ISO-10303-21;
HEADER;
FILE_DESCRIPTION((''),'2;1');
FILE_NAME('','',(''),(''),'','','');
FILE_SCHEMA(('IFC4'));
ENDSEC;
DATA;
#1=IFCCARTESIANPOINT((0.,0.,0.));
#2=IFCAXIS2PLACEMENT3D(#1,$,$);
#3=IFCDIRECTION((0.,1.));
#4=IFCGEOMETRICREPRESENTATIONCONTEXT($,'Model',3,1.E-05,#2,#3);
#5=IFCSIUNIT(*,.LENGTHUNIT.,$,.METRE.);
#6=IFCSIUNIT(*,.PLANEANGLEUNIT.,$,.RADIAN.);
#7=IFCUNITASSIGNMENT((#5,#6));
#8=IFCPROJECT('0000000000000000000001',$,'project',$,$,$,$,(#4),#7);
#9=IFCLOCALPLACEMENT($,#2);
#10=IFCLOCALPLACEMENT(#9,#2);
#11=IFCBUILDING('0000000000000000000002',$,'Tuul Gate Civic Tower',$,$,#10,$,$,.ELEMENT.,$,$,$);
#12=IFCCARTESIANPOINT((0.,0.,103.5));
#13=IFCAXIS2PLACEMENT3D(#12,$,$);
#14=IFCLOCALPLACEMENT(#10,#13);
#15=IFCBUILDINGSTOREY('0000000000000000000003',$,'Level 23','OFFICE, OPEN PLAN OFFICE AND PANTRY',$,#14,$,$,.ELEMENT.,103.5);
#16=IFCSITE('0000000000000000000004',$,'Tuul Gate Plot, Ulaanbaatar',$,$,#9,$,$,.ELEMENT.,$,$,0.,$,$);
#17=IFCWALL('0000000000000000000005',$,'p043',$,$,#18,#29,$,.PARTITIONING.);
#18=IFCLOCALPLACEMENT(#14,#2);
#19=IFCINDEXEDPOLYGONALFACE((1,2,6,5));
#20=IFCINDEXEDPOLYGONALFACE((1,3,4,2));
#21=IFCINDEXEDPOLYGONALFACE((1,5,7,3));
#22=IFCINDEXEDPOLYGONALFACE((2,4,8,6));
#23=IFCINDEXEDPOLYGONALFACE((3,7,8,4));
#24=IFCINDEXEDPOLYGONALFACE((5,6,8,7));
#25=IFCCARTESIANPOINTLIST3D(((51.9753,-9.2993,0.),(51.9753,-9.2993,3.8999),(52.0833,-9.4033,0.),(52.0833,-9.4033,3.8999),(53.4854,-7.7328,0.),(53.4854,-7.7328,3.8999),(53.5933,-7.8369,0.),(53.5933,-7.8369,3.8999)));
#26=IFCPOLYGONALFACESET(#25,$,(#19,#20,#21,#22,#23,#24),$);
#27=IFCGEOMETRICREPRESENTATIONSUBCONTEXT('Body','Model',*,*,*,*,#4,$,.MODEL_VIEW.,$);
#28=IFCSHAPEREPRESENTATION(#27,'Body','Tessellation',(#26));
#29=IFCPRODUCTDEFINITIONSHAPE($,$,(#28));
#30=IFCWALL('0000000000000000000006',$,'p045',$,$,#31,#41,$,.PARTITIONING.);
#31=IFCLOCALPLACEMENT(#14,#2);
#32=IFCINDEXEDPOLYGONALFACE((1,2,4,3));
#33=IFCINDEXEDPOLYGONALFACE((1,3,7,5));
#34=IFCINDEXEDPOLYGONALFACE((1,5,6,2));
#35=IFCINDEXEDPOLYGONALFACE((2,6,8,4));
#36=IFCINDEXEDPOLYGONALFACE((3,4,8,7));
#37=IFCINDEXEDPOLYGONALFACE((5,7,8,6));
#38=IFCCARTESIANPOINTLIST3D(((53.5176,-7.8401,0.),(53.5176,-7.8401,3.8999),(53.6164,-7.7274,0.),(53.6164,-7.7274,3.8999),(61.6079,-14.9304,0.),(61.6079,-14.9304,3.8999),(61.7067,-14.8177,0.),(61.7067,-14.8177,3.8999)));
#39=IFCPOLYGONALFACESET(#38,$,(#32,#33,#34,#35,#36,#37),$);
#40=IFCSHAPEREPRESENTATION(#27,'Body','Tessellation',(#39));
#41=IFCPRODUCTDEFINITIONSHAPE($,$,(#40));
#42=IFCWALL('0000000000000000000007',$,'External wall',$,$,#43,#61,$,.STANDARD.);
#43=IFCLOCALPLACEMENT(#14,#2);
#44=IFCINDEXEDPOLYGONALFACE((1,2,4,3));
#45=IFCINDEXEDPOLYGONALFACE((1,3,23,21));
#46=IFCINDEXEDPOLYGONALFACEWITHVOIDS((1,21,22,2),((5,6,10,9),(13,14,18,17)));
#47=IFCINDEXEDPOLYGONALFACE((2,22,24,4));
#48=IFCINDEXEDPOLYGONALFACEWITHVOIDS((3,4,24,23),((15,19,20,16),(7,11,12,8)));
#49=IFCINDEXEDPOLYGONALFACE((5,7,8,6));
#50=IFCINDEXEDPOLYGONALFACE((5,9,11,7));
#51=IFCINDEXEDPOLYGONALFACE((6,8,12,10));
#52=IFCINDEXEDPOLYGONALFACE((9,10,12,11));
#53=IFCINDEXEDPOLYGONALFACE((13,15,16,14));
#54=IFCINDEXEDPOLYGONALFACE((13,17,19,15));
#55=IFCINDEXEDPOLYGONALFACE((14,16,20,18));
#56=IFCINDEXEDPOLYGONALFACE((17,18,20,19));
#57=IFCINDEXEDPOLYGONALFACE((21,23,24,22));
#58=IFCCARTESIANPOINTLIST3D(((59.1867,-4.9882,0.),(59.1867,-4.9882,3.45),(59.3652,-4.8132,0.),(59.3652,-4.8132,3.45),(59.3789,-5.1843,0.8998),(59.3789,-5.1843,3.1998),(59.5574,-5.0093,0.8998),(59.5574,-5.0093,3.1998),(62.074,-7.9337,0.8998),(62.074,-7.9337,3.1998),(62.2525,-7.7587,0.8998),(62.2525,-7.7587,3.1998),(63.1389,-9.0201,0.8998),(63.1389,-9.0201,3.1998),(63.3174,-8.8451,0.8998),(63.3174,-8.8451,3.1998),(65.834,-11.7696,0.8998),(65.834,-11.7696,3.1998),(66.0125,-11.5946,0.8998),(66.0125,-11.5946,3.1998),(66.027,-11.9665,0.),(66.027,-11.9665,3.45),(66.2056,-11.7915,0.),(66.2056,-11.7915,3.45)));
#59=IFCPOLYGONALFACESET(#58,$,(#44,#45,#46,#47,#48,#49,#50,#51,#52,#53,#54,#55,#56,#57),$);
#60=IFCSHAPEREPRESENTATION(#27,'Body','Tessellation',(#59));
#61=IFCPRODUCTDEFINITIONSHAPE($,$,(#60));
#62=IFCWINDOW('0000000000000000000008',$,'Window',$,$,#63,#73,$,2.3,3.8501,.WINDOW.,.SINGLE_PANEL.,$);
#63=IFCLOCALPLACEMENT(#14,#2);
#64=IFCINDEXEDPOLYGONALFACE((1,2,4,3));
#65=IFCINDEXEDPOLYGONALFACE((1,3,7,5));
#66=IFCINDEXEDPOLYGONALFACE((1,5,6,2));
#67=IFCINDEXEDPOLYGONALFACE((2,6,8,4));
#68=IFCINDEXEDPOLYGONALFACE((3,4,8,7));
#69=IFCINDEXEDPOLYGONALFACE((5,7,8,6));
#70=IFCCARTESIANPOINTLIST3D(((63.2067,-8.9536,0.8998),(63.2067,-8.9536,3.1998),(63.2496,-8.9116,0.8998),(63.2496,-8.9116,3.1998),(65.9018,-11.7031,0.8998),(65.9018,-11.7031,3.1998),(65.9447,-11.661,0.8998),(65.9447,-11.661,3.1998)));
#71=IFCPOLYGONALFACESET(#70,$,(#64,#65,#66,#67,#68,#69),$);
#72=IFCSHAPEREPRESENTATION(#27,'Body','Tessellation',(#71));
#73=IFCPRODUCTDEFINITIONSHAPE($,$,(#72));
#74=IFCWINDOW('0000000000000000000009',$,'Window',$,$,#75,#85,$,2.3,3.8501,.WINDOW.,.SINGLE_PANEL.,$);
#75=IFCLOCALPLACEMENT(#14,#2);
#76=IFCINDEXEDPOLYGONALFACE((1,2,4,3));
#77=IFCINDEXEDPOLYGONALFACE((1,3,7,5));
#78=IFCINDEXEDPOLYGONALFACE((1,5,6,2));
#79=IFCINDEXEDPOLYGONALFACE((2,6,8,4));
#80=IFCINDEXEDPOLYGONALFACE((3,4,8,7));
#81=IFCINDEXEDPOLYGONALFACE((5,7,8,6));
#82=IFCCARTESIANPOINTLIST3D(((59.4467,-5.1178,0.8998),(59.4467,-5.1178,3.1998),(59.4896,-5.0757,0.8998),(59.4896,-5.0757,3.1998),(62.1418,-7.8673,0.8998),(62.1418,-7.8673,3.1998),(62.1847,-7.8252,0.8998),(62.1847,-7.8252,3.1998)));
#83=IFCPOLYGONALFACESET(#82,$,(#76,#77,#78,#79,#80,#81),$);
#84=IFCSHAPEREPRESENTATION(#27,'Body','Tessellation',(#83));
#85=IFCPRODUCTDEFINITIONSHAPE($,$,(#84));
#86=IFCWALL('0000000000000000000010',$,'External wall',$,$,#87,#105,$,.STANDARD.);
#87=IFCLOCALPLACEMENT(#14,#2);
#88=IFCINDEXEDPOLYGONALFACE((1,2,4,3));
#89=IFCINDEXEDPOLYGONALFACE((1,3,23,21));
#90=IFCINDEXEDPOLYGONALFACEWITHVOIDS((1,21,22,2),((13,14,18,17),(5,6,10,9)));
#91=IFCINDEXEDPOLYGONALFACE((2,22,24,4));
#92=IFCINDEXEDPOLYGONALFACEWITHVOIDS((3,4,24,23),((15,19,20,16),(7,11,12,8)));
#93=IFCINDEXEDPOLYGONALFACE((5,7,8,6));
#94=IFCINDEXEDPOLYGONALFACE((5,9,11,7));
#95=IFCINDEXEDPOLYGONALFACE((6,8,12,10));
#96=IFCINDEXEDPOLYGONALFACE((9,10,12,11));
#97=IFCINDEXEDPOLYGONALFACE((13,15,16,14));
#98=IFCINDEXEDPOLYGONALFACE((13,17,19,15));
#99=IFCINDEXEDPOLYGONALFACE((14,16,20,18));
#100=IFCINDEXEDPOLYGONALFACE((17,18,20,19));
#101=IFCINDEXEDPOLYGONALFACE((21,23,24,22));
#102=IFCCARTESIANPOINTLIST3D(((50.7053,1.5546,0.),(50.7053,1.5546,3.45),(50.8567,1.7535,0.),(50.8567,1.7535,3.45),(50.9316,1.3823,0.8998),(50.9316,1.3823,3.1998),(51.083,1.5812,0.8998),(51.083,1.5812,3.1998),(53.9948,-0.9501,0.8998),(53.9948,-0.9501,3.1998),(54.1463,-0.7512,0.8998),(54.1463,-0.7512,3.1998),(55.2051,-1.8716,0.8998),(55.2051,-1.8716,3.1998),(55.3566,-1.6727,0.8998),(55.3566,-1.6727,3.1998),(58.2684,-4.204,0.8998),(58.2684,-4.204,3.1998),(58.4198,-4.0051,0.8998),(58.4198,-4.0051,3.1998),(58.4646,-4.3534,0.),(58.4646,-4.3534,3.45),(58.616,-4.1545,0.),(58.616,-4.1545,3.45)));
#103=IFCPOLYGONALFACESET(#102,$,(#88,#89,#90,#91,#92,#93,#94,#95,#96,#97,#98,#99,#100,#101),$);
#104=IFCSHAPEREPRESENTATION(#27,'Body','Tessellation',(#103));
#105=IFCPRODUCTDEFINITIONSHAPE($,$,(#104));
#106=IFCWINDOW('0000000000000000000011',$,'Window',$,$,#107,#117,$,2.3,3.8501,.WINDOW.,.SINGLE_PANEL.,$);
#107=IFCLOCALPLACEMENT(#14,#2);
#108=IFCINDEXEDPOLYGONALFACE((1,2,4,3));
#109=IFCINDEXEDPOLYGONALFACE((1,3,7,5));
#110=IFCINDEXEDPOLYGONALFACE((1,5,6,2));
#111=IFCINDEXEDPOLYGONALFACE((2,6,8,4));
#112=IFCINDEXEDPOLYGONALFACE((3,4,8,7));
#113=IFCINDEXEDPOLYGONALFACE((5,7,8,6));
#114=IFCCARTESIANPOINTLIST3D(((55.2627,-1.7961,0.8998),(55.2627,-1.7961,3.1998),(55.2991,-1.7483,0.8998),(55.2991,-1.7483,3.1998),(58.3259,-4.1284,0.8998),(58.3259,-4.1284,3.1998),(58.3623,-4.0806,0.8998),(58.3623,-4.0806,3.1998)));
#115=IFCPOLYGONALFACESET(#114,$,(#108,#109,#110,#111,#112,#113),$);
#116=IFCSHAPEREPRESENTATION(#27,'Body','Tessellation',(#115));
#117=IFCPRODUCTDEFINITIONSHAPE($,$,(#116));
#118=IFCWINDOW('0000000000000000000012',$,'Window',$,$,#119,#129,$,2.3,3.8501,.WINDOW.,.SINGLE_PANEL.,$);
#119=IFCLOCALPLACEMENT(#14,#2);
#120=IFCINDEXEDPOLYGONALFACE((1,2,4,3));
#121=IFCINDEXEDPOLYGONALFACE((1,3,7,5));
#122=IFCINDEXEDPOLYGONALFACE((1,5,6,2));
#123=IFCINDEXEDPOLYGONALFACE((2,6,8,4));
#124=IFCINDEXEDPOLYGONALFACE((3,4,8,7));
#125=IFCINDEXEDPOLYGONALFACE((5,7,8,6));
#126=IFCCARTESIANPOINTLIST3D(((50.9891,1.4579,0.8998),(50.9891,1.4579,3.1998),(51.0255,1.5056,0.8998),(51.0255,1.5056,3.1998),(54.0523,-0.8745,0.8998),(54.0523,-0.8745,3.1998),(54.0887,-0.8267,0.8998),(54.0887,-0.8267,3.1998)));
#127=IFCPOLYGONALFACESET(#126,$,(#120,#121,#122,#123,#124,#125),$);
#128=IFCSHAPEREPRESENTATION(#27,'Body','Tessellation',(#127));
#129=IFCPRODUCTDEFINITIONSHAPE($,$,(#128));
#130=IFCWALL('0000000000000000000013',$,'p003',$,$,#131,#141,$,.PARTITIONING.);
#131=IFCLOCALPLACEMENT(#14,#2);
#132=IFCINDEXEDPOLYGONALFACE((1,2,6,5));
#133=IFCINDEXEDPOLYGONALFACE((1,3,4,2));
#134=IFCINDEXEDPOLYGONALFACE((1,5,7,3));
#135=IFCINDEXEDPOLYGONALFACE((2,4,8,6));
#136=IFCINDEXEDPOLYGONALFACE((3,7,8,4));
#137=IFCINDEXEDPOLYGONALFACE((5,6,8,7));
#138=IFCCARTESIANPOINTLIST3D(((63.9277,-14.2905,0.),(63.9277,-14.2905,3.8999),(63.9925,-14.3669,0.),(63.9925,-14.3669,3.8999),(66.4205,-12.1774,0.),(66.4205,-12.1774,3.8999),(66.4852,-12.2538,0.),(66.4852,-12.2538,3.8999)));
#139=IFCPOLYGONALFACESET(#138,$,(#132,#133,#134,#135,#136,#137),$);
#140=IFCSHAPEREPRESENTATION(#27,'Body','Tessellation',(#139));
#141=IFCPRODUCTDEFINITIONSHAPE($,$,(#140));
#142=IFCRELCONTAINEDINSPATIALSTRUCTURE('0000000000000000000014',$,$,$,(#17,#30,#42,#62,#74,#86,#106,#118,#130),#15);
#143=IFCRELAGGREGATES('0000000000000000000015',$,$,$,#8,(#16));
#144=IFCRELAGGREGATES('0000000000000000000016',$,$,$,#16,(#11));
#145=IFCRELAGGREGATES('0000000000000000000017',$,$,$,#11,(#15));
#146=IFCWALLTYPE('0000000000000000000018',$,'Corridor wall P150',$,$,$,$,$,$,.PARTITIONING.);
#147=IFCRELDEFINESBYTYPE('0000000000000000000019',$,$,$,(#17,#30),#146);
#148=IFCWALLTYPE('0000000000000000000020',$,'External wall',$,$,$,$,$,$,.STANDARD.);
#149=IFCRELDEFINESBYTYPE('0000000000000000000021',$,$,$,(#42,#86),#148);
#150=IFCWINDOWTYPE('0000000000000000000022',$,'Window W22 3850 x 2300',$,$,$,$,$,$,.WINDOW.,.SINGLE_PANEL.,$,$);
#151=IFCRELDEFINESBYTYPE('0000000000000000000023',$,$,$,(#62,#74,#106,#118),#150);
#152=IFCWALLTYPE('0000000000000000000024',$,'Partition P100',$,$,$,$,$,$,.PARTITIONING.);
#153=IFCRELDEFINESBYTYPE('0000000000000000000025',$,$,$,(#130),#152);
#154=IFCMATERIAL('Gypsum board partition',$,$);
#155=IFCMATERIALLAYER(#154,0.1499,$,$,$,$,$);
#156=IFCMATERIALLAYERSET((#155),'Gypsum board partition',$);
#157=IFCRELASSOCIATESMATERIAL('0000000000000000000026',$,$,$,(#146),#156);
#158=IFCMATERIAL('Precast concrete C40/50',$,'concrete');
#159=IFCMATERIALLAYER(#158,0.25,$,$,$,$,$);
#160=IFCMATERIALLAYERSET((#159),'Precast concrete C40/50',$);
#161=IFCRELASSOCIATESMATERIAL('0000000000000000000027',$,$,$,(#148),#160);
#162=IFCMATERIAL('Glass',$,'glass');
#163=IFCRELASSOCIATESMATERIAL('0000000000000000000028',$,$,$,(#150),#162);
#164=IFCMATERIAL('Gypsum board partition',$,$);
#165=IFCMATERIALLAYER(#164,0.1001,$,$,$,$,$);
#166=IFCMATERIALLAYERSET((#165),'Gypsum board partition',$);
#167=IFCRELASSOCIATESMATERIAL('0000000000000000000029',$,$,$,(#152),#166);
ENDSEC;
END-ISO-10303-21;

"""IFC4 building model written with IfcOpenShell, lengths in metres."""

from ifc_helpers import new_model, si_unit, direction, frame, frame_2d, origin, place, context, subcontext, project, spatial, rectangle, extrude, material, layer, layer_set, type_object, element, fill, save


model = new_model("IFC4")

# Units and contexts
model_context = context("Model", 3, precision=1e-05, world=origin(), true_north=direction((0.0, 1.0)))
body_context = subcontext(model_context, "Body", "Model", "MODEL_VIEW")
ifc_project = project(units=[si_unit("LENGTHUNIT", "METRE"), si_unit("PLANEANGLEUNIT", "RADIAN")], contexts=[model_context])

# Site, building, storey
site_placement = place(None, origin())
site = spatial("IfcSite", under=ifc_project, at=site_placement, Name="Tuul Gate Plot, Ulaanbaatar", CompositionType="ELEMENT", RefElevation=0.0)
building_placement = place(site_placement, origin())
building = spatial("IfcBuilding", under=site, at=building_placement, Name="Tuul Gate Civic Tower", CompositionType="ELEMENT")
storey_placement = place(building_placement, frame((0.0, 0.0, 103.5)))
storey = spatial("IfcBuildingStorey", under=building, at=storey_placement, Name="Level 23", Description="OFFICE, OPEN PLAN OFFICE AND PANTRY", CompositionType="ELEMENT", Elevation=103.5)

# Walls
ifc_material_1 = material(Name="Gypsum board partition")
ifc_layer_1 = layer(ifc_material_1, 0.1499)
ifc_layer_set_1 = layer_set([ifc_layer_1], Name="Gypsum board partition")
wall_type_1 = type_object("IfcWallType", Name="Corridor wall P150", PredefinedType="PARTITIONING", material=ifc_layer_set_1)
wall_1_placement = place(storey_placement, frame((52.0293, -9.3513, 0.0), z_axis=(0.0, 0.0, 1.0), x_axis=(0.694028, 0.719948, 0.0)))
element("IfcWall", 1, at=wall_1_placement, inside=storey, type_object=wall_type_1, Name="p043", PredefinedType="PARTITIONING", context=body_context, shape_type="SweptSolid", body=[
    extrude(rectangle(XDim=2.1758, YDim=0.1499, at=frame_2d((1.0879, 0.0))), origin(), (0.0, 0.0, 1.0), 3.8999),
])
wall_2_placement = place(storey_placement, frame((53.5669, -7.7837, 0.0), z_axis=(0.0, 0.0, 1.0), x_axis=(0.752056, -0.659099, 0.0)))
element("IfcWall", 2, at=wall_2_placement, inside=storey, type_object=wall_type_1, Name="p045", PredefinedType="PARTITIONING", context=body_context, shape_type="SweptSolid", body=[
    extrude(rectangle(XDim=10.7576, YDim=0.1499, at=frame_2d((5.3789, 0.0))), origin(), (0.0, 0.0, 1.0), 3.8999),
])

# Walls, openings, windows
ifc_material_2 = material(Name="Precast concrete C40/50", Category="concrete")
ifc_layer_2 = layer(ifc_material_2, 0.25)
ifc_layer_set_2 = layer_set([ifc_layer_2], Name="Precast concrete C40/50")
wall_type_2 = type_object("IfcWallType", Name="External wall", PredefinedType="STANDARD", material=ifc_layer_set_2)
wall_3_placement = place(storey_placement, frame((66.1162, -11.8789, 0.0), z_axis=(0.0, 0.0, 1.0), x_axis=(-0.700013, 0.71413, 0.0)))
wall_3 = element("IfcWall", 3, at=wall_3_placement, inside=storey, type_object=wall_type_2, Name="External wall", PredefinedType="STANDARD", context=body_context, shape_type="SweptSolid", body=[
    extrude(rectangle(XDim=9.7717, YDim=0.25, at=frame_2d((4.8857, 0.0))), origin(), (0.0, 0.0, 1.0), 3.45),
])
opening_1_placement = place(wall_3_placement, frame((0.2756, 0.0, 0.8999)))
opening_1 = element("IfcOpeningElement", 4, at=opening_1_placement, cuts=wall_3, PredefinedType="OPENING", context=body_context, shape_type="SweptSolid", body=[
    extrude(rectangle(XDim=3.8501, YDim=2.3, at=frame_2d((1.925, 1.1499))), frame((0.0, 0.135, 0.0), z_axis=(0.0, -1.0, 0.0), x_axis=(1.0, 0.0, 0.0)), (0.0, 0.0, 1.0), 0.27),
])
opening_2_placement = place(wall_3_placement, frame((5.647, 0.0, 0.8999)))
opening_2 = element("IfcOpeningElement", 5, at=opening_2_placement, cuts=wall_3, PredefinedType="OPENING", context=body_context, shape_type="SweptSolid", body=[
    extrude(rectangle(XDim=3.8501, YDim=2.3, at=frame_2d((1.925, 1.1499))), frame((0.0, 0.135, 0.0), z_axis=(0.0, -1.0, 0.0), x_axis=(1.0, 0.0, 0.0)), (0.0, 0.0, 1.0), 0.27),
])
ifc_material_3 = material(Name="Glass", Category="glass")
window_type = type_object("IfcWindowType", Name="Window W22 3850 x 2300", PartitioningType="SINGLE_PANEL", PredefinedType="WINDOW", material=ifc_material_3)
window_1_placement = place(opening_1_placement, origin())
window_1 = element("IfcWindow", 6, at=window_1_placement, inside=storey, type_object=window_type, Name="Window", OverallHeight=2.3, OverallWidth=3.8501, PartitioningType="SINGLE_PANEL", PredefinedType="WINDOW", context=body_context, shape_type="SweptSolid", body=[
    extrude(rectangle(XDim=3.8501, YDim=2.3, at=frame_2d((1.925, 1.1499))), frame((0.0, 0.03, 0.0), z_axis=(0.0, -1.0, 0.0), x_axis=(1.0, 0.0, 0.0)), (0.0, 0.0, 1.0), 0.0601),
])
fill(opening_1, window_1)
window_2_placement = place(opening_2_placement, origin())
window_2 = element("IfcWindow", 7, at=window_2_placement, inside=storey, type_object=window_type, Name="Window", OverallHeight=2.3, OverallWidth=3.8501, PartitioningType="SINGLE_PANEL", PredefinedType="WINDOW", context=body_context, shape_type="SweptSolid", body=[
    extrude(rectangle(XDim=3.8501, YDim=2.3, at=frame_2d((1.925, 1.1499))), frame((0.0, 0.03, 0.0), z_axis=(0.0, -1.0, 0.0), x_axis=(1.0, 0.0, 0.0)), (0.0, 0.0, 1.0), 0.0601),
])
fill(opening_2, window_2)
wall_4_placement = place(storey_placement, frame((58.5403, -4.2539, 0.0), z_axis=(0.0, 0.0, 1.0), x_axis=(-0.795623, 0.605792, 0.0)))
wall_4 = element("IfcWall", 8, at=wall_4_placement, inside=storey, type_object=wall_type_2, Name="External wall", PredefinedType="STANDARD", context=body_context, shape_type="SweptSolid", body=[
    extrude(rectangle(XDim=9.7524, YDim=0.25, at=frame_2d((4.8762, 0.0))), origin(), (0.0, 0.0, 1.0), 3.45),
])
opening_3_placement = place(wall_4_placement, frame((0.2466, 0.0, 0.8999)))
opening_3 = element("IfcOpeningElement", 9, at=opening_3_placement, cuts=wall_4, PredefinedType="OPENING", context=body_context, shape_type="SweptSolid", body=[
    extrude(rectangle(XDim=3.8501, YDim=2.3, at=frame_2d((1.925, 1.1499))), frame((0.0, 0.135, 0.0), z_axis=(0.0, -1.0, 0.0), x_axis=(1.0, 0.0, 0.0)), (0.0, 0.0, 1.0), 0.27),
])
opening_4_placement = place(wall_4_placement, frame((5.6179, 0.0, 0.8999)))
opening_4 = element("IfcOpeningElement", 10, at=opening_4_placement, cuts=wall_4, PredefinedType="OPENING", context=body_context, shape_type="SweptSolid", body=[
    extrude(rectangle(XDim=3.8501, YDim=2.3, at=frame_2d((1.925, 1.1499))), frame((0.0, 0.135, 0.0), z_axis=(0.0, -1.0, 0.0), x_axis=(1.0, 0.0, 0.0)), (0.0, 0.0, 1.0), 0.27),
])
window_3_placement = place(opening_3_placement, origin())
window_3 = element("IfcWindow", 11, at=window_3_placement, inside=storey, type_object=window_type, Name="Window", OverallHeight=2.3, OverallWidth=3.8501, PartitioningType="SINGLE_PANEL", PredefinedType="WINDOW", context=body_context, shape_type="SweptSolid", body=[
    extrude(rectangle(XDim=3.8501, YDim=2.3, at=frame_2d((1.925, 1.1499))), frame((0.0, 0.03, 0.0), z_axis=(0.0, -1.0, 0.0), x_axis=(1.0, 0.0, 0.0)), (0.0, 0.0, 1.0), 0.0601),
])
fill(opening_3, window_3)
window_4_placement = place(opening_4_placement, origin())
window_4 = element("IfcWindow", 12, at=window_4_placement, inside=storey, type_object=window_type, Name="Window", OverallHeight=2.3, OverallWidth=3.8501, PartitioningType="SINGLE_PANEL", PredefinedType="WINDOW", context=body_context, shape_type="SweptSolid", body=[
    extrude(rectangle(XDim=3.8501, YDim=2.3, at=frame_2d((1.925, 1.1499))), frame((0.0, 0.03, 0.0), z_axis=(0.0, -1.0, 0.0), x_axis=(1.0, 0.0, 0.0)), (0.0, 0.0, 1.0), 0.0601),
])
fill(opening_4, window_4)

# Wall
ifc_material_4 = material(Name="Gypsum board partition")
ifc_layer_3 = layer(ifc_material_4, 0.1001)
ifc_layer_set_3 = layer_set([ifc_layer_3], Name="Gypsum board partition")
wall_type_3 = type_object("IfcWallType", Name="Partition P100", PredefinedType="PARTITIONING", material=ifc_layer_set_3)
wall_5_placement = place(storey_placement, frame((63.9602, -14.3286, 0.0), z_axis=(0.0, 0.0, 1.0), x_axis=(0.762805, 0.646629, 0.0)))
element("IfcWall", 13, at=wall_5_placement, inside=storey, type_object=wall_type_3, Name="p003", PredefinedType="PARTITIONING", context=body_context, shape_type="SweptSolid", body=[
    extrude(rectangle(XDim=3.2678, YDim=0.1001, at=frame_2d((1.6338, 0.0))), origin(), (0.0, 0.0, 1.0), 3.8999),
])

save(model, "model.ifc")
